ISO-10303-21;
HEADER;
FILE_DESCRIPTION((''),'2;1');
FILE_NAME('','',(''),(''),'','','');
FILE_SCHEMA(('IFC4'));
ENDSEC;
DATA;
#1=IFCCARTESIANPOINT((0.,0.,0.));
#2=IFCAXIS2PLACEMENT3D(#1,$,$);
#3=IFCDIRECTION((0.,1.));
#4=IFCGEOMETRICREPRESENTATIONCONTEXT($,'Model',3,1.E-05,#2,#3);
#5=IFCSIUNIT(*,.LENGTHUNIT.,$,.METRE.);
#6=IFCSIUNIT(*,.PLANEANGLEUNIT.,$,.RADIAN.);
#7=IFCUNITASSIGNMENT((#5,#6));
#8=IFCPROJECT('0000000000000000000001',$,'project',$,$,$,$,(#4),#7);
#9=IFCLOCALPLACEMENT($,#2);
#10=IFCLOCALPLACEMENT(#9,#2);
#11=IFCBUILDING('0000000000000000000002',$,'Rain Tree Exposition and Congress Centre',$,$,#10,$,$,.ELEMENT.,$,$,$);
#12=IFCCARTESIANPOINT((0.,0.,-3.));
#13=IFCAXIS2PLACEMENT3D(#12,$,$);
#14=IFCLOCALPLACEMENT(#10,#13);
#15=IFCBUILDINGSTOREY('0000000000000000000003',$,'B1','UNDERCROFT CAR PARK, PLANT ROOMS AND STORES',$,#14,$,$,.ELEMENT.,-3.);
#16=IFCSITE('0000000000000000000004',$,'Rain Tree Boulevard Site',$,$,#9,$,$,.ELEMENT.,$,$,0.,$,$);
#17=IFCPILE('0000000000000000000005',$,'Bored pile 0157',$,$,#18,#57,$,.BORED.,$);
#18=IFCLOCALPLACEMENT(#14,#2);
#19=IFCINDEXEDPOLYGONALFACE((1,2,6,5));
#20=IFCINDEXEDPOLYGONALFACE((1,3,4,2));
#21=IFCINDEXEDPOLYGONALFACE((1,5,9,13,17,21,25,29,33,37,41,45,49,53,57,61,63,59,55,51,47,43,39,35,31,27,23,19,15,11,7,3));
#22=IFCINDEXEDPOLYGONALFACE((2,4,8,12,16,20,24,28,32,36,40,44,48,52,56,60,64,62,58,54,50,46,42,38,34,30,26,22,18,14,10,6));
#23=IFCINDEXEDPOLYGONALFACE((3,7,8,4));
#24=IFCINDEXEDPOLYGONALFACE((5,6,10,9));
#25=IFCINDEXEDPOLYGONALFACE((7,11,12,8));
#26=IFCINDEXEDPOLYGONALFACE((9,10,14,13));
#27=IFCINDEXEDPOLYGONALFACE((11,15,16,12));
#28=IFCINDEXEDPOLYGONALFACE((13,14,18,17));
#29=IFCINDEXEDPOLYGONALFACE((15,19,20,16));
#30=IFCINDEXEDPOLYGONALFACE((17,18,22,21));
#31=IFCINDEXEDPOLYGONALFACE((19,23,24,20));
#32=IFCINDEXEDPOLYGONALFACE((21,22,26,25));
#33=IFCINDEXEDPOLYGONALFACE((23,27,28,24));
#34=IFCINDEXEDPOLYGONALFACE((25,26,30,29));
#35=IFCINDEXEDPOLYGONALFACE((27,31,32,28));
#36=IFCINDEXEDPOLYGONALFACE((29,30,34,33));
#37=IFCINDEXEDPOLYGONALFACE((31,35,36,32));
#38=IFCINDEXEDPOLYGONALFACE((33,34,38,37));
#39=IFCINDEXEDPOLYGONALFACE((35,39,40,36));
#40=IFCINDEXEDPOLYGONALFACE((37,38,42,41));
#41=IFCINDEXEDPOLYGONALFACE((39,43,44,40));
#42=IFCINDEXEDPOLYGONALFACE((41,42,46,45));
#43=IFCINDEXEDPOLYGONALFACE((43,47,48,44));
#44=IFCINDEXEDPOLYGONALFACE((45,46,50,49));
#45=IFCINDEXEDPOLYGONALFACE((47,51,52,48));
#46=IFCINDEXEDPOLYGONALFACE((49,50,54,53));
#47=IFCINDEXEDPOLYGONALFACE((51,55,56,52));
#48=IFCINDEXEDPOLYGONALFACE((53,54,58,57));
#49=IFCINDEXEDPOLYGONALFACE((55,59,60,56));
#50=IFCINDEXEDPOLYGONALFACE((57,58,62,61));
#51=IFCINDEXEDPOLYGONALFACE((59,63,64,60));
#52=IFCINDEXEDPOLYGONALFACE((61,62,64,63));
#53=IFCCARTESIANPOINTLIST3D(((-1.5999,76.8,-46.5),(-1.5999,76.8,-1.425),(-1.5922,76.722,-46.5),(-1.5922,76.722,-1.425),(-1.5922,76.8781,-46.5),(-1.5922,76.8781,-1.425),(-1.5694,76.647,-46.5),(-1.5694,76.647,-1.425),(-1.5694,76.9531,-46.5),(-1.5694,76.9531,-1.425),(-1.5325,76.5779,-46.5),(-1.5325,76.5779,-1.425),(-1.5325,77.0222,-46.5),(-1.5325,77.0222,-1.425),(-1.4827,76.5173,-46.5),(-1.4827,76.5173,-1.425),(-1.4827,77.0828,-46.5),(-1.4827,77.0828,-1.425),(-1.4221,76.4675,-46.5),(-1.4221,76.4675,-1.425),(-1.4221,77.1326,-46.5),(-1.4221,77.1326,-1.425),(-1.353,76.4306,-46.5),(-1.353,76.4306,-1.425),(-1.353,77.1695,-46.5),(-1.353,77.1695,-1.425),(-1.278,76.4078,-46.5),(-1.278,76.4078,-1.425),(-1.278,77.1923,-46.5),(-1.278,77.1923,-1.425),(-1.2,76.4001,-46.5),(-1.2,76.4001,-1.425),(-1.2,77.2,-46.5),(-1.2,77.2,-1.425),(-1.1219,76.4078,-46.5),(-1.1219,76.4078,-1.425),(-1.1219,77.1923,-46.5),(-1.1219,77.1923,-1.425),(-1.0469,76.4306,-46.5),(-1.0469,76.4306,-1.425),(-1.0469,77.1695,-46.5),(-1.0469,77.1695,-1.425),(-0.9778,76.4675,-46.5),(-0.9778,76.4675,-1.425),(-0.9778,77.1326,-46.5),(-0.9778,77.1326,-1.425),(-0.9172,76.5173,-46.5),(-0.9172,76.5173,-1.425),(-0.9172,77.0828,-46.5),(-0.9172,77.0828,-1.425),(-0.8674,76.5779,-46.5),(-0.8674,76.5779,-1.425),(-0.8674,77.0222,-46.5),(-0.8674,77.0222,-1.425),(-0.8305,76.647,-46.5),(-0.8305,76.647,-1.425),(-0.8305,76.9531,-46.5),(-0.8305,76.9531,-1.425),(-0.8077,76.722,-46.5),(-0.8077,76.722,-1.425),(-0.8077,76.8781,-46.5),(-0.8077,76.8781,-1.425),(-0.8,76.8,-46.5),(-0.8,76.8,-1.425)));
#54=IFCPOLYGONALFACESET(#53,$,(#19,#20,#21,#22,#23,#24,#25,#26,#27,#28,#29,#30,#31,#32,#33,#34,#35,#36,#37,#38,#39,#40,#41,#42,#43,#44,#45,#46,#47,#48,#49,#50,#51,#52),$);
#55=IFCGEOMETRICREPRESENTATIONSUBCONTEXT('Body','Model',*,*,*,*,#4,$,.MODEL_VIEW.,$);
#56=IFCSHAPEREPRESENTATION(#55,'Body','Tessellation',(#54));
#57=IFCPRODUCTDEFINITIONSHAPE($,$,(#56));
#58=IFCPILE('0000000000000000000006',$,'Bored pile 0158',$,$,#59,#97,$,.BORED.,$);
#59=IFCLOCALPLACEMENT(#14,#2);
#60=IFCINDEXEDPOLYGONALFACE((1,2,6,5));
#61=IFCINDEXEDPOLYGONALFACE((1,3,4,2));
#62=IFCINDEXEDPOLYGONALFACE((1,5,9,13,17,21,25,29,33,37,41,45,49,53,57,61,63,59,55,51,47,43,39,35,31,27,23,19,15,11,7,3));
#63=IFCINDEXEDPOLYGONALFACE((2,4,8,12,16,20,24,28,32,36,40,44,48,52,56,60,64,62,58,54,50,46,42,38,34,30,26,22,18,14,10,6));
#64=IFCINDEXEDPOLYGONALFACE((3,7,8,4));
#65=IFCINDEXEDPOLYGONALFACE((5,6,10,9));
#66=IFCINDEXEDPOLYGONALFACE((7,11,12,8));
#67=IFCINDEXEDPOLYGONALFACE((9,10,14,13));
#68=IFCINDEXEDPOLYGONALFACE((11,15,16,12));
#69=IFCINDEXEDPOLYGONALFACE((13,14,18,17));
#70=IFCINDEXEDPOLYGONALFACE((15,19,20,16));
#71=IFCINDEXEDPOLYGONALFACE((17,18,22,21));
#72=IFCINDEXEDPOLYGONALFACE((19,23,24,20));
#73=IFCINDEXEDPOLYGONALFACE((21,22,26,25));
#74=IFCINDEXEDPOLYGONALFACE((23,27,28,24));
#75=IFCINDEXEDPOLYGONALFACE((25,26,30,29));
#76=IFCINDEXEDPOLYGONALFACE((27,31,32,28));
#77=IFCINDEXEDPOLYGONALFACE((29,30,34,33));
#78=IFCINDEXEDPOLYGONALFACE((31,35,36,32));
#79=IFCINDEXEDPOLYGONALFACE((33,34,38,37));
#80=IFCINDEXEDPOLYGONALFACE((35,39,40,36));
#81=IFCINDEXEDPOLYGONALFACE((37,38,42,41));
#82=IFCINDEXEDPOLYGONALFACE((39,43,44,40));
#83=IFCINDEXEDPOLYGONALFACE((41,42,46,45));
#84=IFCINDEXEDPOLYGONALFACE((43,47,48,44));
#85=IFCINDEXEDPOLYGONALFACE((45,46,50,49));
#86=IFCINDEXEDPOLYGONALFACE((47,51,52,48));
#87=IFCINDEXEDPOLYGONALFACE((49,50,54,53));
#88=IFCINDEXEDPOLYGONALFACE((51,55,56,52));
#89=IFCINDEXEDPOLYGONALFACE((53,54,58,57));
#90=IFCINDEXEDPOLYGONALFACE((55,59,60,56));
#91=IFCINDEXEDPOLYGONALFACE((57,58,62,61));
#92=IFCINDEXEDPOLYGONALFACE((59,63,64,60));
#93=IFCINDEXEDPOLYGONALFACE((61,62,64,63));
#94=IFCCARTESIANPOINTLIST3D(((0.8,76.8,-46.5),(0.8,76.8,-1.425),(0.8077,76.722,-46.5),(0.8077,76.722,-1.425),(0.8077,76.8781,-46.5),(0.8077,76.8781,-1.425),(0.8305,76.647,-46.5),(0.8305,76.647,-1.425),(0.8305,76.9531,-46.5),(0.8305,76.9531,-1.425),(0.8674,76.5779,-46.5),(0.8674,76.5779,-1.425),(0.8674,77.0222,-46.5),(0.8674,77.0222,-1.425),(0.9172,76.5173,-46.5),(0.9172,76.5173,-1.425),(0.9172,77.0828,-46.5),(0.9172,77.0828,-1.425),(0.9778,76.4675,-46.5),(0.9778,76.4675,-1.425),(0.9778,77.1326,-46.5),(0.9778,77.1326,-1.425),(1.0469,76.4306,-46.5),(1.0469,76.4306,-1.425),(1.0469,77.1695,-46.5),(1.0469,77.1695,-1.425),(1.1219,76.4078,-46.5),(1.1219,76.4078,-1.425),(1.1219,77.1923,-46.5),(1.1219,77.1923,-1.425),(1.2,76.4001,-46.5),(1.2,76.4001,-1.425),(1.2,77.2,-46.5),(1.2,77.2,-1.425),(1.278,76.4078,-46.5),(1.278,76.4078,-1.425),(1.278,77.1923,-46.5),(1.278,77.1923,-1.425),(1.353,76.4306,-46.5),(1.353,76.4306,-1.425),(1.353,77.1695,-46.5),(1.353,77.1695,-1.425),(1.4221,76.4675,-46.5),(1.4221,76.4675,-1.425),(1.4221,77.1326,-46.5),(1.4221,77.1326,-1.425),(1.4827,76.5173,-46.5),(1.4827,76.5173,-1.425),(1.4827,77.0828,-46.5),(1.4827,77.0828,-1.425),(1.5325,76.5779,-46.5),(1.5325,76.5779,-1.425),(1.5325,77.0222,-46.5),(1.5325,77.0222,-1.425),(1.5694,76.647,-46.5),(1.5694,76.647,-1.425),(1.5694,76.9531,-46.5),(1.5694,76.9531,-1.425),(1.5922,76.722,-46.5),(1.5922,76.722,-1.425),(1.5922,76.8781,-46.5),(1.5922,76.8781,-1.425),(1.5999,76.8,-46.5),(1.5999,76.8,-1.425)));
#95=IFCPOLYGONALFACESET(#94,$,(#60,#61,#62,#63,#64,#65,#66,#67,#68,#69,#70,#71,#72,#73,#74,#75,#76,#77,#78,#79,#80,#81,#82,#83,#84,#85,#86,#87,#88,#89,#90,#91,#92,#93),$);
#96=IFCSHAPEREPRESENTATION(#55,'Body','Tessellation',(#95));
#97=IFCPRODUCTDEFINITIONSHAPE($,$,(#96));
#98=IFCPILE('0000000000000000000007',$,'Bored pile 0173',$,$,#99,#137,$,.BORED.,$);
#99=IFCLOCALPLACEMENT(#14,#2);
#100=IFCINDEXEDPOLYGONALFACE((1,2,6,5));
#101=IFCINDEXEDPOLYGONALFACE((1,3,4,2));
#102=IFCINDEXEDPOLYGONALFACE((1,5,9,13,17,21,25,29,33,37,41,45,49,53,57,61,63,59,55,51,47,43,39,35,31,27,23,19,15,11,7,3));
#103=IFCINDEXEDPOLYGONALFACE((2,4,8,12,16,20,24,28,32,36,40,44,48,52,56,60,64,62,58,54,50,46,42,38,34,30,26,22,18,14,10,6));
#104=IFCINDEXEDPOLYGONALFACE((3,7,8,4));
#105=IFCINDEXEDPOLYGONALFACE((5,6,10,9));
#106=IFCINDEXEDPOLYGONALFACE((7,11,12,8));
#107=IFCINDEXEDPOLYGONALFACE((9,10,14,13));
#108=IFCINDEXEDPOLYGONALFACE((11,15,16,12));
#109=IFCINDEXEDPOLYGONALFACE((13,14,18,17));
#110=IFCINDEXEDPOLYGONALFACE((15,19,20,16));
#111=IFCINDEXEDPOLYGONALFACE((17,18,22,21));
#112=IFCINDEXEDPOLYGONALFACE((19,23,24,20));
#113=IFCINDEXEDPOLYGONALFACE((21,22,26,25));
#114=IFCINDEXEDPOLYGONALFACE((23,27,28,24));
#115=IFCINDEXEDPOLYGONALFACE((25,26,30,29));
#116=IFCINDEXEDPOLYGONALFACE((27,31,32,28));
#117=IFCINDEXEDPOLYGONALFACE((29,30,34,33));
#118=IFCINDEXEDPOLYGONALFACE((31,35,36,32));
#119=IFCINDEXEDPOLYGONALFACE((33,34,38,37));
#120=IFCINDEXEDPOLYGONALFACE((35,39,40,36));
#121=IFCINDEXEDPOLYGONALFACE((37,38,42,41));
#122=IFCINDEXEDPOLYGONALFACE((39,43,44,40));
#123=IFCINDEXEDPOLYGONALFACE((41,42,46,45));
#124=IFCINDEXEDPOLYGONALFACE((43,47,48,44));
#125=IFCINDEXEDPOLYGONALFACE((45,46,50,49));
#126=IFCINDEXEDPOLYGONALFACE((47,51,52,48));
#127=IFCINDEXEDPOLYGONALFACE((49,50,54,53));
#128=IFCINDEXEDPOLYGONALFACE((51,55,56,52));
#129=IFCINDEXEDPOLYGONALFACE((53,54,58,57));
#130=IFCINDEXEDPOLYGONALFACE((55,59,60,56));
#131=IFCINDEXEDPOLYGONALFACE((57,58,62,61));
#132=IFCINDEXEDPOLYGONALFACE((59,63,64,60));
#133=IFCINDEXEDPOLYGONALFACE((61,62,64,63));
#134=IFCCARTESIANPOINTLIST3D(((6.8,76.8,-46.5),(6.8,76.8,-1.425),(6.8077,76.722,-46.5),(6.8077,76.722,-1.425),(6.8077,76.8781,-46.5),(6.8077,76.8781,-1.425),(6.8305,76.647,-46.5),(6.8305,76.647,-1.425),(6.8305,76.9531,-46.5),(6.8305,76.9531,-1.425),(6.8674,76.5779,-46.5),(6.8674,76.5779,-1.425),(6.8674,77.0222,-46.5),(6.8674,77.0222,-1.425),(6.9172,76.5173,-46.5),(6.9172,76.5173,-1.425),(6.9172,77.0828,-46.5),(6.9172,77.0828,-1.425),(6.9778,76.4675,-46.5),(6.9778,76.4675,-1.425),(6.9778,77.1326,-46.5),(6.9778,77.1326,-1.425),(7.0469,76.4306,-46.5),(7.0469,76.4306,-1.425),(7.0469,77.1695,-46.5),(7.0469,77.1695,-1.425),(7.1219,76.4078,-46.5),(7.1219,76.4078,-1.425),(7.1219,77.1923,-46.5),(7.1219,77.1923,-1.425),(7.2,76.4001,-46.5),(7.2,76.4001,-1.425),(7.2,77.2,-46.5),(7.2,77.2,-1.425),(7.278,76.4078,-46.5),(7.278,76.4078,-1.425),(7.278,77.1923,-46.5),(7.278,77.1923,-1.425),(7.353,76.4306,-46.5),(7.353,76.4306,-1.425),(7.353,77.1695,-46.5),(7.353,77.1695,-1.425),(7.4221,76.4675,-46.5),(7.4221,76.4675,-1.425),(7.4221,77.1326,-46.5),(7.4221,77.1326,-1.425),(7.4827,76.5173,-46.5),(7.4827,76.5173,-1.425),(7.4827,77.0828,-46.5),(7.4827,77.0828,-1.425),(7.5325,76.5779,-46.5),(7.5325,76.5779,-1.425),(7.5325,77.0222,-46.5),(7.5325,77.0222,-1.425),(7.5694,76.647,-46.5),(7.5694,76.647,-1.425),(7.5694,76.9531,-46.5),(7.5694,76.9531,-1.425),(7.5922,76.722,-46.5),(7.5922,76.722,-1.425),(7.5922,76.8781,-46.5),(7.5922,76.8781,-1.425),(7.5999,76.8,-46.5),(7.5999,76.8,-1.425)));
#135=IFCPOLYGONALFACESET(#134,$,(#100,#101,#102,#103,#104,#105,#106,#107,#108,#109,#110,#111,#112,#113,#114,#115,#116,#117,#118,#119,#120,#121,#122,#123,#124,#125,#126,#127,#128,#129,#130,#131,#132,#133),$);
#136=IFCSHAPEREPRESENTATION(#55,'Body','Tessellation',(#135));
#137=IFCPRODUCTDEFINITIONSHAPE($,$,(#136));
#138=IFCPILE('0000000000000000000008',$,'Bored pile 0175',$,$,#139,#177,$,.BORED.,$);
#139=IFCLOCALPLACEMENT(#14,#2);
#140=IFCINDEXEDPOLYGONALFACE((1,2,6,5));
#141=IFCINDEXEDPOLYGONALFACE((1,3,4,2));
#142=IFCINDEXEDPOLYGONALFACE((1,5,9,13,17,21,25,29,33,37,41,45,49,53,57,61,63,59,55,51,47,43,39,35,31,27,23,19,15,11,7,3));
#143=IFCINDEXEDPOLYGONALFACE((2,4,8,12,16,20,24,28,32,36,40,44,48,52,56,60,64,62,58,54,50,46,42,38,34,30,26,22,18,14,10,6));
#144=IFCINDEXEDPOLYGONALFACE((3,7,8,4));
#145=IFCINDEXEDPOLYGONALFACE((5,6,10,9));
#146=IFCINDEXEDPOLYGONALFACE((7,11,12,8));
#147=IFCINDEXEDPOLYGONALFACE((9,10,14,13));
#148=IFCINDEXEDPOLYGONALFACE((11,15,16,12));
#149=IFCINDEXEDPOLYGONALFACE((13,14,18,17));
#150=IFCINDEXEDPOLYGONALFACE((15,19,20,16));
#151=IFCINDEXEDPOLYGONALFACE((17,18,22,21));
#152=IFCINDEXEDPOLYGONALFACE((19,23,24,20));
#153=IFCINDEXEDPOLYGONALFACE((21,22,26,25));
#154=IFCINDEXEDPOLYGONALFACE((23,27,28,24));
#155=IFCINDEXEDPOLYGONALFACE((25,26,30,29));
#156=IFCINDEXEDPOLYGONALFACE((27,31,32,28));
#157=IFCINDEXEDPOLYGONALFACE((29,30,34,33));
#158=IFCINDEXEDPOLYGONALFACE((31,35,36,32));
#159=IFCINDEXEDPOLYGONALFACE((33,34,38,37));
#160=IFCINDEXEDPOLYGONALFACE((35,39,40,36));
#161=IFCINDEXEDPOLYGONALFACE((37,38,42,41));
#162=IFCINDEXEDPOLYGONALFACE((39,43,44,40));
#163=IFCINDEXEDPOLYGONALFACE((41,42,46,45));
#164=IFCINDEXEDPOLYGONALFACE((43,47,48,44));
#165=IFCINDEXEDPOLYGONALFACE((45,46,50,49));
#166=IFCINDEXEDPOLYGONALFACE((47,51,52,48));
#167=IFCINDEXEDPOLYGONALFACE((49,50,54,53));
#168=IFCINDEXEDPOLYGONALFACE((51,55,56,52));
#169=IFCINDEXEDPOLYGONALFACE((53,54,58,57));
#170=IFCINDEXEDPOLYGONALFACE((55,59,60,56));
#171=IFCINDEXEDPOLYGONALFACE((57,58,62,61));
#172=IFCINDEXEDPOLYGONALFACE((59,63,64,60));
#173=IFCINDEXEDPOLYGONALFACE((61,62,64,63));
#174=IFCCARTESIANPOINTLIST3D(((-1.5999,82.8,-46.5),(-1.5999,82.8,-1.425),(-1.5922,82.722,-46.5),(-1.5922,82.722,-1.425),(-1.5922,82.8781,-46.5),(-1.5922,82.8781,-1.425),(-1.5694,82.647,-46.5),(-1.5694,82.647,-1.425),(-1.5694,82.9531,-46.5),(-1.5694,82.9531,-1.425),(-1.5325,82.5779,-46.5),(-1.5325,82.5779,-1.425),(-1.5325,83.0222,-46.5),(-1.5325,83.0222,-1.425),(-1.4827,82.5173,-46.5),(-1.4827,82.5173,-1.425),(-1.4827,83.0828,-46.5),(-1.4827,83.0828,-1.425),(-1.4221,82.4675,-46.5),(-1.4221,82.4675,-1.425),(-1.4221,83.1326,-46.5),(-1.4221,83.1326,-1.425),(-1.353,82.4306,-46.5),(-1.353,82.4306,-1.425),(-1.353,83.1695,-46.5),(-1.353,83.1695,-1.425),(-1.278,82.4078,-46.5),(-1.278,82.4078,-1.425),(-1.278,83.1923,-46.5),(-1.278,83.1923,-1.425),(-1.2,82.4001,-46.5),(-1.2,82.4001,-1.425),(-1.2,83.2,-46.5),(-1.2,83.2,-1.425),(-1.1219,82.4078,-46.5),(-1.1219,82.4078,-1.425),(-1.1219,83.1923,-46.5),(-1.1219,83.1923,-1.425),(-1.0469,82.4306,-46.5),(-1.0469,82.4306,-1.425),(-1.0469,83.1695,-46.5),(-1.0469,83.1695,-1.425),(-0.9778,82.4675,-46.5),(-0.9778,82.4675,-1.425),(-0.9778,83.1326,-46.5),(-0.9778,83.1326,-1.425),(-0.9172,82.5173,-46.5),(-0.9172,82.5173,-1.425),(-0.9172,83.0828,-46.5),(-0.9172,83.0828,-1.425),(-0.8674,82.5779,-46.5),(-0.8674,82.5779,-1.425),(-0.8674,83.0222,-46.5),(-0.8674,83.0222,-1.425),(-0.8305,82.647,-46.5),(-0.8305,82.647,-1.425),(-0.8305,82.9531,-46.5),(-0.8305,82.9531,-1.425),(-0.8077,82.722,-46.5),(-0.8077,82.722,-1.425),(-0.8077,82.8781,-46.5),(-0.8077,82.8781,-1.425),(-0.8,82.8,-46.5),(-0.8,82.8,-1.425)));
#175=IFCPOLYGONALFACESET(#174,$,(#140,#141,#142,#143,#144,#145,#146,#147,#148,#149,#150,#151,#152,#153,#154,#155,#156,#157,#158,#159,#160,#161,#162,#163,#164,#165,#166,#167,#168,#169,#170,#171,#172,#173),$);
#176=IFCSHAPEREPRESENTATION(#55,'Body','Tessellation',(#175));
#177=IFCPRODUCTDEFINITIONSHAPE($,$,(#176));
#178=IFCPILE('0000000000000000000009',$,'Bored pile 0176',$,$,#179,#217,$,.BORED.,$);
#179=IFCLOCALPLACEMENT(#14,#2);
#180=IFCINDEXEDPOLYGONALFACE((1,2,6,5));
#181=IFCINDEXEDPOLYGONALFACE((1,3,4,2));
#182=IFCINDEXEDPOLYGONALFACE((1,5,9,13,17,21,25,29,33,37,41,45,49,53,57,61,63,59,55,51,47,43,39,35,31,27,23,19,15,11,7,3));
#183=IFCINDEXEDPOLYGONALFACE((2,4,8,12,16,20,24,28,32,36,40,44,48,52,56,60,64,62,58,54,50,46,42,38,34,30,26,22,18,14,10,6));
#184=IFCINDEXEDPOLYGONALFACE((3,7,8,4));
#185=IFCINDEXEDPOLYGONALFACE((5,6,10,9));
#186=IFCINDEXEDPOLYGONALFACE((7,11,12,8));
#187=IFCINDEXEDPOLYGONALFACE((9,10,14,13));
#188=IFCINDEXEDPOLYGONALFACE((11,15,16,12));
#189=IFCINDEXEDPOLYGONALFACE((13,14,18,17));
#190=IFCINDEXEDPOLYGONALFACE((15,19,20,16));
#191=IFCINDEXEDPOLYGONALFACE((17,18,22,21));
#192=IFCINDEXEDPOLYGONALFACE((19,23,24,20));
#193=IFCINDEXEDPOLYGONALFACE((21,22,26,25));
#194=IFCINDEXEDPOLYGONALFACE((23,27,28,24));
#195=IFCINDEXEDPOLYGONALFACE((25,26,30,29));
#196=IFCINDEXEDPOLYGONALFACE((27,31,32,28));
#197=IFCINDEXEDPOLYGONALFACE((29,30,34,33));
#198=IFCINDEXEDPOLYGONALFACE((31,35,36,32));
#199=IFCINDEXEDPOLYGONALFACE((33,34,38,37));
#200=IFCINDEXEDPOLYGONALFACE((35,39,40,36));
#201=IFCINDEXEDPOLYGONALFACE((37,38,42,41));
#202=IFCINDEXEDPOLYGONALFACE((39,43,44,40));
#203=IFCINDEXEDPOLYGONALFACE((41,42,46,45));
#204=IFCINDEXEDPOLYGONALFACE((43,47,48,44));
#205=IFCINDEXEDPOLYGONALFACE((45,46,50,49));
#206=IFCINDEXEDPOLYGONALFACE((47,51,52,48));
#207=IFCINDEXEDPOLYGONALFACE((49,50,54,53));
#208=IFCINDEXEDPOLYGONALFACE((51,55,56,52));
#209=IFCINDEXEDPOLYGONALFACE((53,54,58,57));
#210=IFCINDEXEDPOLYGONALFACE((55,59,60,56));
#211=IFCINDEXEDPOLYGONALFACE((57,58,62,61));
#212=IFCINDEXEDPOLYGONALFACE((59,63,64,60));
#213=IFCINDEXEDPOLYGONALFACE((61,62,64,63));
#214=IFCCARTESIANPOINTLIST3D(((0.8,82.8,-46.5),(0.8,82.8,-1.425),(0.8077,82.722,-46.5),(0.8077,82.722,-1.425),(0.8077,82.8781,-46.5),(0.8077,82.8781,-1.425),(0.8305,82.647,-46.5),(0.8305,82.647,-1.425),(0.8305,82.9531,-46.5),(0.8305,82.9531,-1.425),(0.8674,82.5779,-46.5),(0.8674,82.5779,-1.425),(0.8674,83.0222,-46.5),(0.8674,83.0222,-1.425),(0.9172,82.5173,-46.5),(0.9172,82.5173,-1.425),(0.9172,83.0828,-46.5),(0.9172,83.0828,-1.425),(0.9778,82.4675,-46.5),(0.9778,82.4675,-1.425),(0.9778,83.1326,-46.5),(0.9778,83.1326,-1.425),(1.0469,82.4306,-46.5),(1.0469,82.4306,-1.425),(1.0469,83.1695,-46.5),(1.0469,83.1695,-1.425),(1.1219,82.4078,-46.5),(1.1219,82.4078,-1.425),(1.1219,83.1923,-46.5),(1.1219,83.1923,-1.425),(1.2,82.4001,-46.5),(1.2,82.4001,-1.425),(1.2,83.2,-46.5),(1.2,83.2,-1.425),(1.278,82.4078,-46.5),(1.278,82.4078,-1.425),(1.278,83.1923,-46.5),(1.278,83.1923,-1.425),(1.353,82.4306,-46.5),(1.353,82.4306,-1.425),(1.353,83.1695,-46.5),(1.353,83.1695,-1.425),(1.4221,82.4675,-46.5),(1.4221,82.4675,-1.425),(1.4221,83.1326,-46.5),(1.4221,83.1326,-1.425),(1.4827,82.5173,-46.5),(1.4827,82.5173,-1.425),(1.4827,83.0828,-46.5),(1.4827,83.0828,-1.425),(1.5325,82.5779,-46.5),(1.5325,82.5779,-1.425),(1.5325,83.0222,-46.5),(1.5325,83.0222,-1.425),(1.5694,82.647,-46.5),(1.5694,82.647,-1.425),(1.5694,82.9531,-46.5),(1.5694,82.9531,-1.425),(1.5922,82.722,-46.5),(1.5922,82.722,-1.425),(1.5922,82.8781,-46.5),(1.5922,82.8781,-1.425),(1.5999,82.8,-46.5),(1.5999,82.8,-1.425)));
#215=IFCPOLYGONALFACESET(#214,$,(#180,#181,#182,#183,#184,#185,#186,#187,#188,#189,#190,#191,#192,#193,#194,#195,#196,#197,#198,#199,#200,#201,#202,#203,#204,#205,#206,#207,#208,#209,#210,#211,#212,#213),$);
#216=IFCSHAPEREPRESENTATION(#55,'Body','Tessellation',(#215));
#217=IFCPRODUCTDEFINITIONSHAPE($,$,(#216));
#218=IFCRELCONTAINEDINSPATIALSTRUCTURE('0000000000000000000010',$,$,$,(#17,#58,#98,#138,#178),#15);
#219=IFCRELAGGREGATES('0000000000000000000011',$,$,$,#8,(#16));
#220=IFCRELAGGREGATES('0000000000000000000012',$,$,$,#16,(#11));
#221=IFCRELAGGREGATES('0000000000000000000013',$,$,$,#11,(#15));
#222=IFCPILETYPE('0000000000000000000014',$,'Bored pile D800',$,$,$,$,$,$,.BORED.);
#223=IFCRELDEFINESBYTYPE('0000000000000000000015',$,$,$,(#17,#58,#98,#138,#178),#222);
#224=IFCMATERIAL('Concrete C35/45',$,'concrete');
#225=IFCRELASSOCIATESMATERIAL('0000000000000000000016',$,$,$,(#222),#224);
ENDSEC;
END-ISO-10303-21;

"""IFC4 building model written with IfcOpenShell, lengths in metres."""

from ifc_helpers import new_model, si_unit, direction, frame, origin, origin_2d, place, context, subcontext, project, spatial, circle, extrude, material, material_profile, profile_set, type_object, element, save


model = new_model("IFC4")

# Units and contexts
model_context = context("Model", 3, precision=1e-05, world=origin(), true_north=direction((0.0, 1.0)))
body_context = subcontext(model_context, "Body", "Model", "MODEL_VIEW")
ifc_project = project(units=[si_unit("LENGTHUNIT", "METRE"), si_unit("PLANEANGLEUNIT", "RADIAN")], contexts=[model_context])

# Site, building, storey
site_placement = place(None, origin())
site = spatial("IfcSite", under=ifc_project, at=site_placement, Name="Rain Tree Boulevard Site", CompositionType="ELEMENT", RefElevation=0.0)
building_placement = place(site_placement, origin())
building = spatial("IfcBuilding", under=site, at=building_placement, Name="Rain Tree Exposition and Congress Centre", CompositionType="ELEMENT")
storey_placement = place(building_placement, frame((0.0, 0.0, -3.0)))
storey = spatial("IfcBuildingStorey", under=building, at=storey_placement, Name="B1", Description="UNDERCROFT CAR PARK, PLANT ROOMS AND STORES", CompositionType="ELEMENT", Elevation=-3.0)

# Piles
ifc_material_1 = material(Name="Concrete C35/45", Category="concrete")
ifc_material_profile_1 = material_profile(ifc_material_1, circle(Radius=0.3999, at=origin_2d()), Name="D800")
ifc_profile_set_1 = profile_set([ifc_material_profile_1], Name="Concrete C35/45")
pile_type_1 = type_object("IfcPileType", Name="Bored pile D800", PredefinedType="BORED", material=ifc_profile_set_1)
for number, where, z_axis, x_axis, name in (
    (1, (-1.2, 76.8, -1.425), (0.0, 0.0, -1.0), (1.0, 0.0, 0.0), "Bored pile 0157"),
    (2, (1.2, 76.8, -1.425), (0.0, 0.0, -1.0), (1.0, 0.0, 0.0), "Bored pile 0158"),
    (3, (7.2, 76.8, -1.425), (0.0, 0.0, -1.0), (1.0, 0.0, 0.0), "Bored pile 0173"),
    (4, (-1.2, 82.8, -1.425), (0.0, 0.0, -1.0), (1.0, 0.0, 0.0), "Bored pile 0175"),
    (5, (1.2, 82.8, -1.425), (0.0, 0.0, -1.0), (1.0, 0.0, 0.0), "Bored pile 0176"),
):
    element("IfcPile", number, at=place(storey_placement, frame(where, z_axis=z_axis, x_axis=x_axis)), inside=storey, type_object=pile_type_1, Name=name, PredefinedType="BORED", context=body_context, shape_type="SweptSolid", body=[
        extrude(circle(Radius=0.3999, at=origin_2d()), origin(), (0.0, 0.0, 1.0), 45.075),
    ])

save(model, "model.ifc")
